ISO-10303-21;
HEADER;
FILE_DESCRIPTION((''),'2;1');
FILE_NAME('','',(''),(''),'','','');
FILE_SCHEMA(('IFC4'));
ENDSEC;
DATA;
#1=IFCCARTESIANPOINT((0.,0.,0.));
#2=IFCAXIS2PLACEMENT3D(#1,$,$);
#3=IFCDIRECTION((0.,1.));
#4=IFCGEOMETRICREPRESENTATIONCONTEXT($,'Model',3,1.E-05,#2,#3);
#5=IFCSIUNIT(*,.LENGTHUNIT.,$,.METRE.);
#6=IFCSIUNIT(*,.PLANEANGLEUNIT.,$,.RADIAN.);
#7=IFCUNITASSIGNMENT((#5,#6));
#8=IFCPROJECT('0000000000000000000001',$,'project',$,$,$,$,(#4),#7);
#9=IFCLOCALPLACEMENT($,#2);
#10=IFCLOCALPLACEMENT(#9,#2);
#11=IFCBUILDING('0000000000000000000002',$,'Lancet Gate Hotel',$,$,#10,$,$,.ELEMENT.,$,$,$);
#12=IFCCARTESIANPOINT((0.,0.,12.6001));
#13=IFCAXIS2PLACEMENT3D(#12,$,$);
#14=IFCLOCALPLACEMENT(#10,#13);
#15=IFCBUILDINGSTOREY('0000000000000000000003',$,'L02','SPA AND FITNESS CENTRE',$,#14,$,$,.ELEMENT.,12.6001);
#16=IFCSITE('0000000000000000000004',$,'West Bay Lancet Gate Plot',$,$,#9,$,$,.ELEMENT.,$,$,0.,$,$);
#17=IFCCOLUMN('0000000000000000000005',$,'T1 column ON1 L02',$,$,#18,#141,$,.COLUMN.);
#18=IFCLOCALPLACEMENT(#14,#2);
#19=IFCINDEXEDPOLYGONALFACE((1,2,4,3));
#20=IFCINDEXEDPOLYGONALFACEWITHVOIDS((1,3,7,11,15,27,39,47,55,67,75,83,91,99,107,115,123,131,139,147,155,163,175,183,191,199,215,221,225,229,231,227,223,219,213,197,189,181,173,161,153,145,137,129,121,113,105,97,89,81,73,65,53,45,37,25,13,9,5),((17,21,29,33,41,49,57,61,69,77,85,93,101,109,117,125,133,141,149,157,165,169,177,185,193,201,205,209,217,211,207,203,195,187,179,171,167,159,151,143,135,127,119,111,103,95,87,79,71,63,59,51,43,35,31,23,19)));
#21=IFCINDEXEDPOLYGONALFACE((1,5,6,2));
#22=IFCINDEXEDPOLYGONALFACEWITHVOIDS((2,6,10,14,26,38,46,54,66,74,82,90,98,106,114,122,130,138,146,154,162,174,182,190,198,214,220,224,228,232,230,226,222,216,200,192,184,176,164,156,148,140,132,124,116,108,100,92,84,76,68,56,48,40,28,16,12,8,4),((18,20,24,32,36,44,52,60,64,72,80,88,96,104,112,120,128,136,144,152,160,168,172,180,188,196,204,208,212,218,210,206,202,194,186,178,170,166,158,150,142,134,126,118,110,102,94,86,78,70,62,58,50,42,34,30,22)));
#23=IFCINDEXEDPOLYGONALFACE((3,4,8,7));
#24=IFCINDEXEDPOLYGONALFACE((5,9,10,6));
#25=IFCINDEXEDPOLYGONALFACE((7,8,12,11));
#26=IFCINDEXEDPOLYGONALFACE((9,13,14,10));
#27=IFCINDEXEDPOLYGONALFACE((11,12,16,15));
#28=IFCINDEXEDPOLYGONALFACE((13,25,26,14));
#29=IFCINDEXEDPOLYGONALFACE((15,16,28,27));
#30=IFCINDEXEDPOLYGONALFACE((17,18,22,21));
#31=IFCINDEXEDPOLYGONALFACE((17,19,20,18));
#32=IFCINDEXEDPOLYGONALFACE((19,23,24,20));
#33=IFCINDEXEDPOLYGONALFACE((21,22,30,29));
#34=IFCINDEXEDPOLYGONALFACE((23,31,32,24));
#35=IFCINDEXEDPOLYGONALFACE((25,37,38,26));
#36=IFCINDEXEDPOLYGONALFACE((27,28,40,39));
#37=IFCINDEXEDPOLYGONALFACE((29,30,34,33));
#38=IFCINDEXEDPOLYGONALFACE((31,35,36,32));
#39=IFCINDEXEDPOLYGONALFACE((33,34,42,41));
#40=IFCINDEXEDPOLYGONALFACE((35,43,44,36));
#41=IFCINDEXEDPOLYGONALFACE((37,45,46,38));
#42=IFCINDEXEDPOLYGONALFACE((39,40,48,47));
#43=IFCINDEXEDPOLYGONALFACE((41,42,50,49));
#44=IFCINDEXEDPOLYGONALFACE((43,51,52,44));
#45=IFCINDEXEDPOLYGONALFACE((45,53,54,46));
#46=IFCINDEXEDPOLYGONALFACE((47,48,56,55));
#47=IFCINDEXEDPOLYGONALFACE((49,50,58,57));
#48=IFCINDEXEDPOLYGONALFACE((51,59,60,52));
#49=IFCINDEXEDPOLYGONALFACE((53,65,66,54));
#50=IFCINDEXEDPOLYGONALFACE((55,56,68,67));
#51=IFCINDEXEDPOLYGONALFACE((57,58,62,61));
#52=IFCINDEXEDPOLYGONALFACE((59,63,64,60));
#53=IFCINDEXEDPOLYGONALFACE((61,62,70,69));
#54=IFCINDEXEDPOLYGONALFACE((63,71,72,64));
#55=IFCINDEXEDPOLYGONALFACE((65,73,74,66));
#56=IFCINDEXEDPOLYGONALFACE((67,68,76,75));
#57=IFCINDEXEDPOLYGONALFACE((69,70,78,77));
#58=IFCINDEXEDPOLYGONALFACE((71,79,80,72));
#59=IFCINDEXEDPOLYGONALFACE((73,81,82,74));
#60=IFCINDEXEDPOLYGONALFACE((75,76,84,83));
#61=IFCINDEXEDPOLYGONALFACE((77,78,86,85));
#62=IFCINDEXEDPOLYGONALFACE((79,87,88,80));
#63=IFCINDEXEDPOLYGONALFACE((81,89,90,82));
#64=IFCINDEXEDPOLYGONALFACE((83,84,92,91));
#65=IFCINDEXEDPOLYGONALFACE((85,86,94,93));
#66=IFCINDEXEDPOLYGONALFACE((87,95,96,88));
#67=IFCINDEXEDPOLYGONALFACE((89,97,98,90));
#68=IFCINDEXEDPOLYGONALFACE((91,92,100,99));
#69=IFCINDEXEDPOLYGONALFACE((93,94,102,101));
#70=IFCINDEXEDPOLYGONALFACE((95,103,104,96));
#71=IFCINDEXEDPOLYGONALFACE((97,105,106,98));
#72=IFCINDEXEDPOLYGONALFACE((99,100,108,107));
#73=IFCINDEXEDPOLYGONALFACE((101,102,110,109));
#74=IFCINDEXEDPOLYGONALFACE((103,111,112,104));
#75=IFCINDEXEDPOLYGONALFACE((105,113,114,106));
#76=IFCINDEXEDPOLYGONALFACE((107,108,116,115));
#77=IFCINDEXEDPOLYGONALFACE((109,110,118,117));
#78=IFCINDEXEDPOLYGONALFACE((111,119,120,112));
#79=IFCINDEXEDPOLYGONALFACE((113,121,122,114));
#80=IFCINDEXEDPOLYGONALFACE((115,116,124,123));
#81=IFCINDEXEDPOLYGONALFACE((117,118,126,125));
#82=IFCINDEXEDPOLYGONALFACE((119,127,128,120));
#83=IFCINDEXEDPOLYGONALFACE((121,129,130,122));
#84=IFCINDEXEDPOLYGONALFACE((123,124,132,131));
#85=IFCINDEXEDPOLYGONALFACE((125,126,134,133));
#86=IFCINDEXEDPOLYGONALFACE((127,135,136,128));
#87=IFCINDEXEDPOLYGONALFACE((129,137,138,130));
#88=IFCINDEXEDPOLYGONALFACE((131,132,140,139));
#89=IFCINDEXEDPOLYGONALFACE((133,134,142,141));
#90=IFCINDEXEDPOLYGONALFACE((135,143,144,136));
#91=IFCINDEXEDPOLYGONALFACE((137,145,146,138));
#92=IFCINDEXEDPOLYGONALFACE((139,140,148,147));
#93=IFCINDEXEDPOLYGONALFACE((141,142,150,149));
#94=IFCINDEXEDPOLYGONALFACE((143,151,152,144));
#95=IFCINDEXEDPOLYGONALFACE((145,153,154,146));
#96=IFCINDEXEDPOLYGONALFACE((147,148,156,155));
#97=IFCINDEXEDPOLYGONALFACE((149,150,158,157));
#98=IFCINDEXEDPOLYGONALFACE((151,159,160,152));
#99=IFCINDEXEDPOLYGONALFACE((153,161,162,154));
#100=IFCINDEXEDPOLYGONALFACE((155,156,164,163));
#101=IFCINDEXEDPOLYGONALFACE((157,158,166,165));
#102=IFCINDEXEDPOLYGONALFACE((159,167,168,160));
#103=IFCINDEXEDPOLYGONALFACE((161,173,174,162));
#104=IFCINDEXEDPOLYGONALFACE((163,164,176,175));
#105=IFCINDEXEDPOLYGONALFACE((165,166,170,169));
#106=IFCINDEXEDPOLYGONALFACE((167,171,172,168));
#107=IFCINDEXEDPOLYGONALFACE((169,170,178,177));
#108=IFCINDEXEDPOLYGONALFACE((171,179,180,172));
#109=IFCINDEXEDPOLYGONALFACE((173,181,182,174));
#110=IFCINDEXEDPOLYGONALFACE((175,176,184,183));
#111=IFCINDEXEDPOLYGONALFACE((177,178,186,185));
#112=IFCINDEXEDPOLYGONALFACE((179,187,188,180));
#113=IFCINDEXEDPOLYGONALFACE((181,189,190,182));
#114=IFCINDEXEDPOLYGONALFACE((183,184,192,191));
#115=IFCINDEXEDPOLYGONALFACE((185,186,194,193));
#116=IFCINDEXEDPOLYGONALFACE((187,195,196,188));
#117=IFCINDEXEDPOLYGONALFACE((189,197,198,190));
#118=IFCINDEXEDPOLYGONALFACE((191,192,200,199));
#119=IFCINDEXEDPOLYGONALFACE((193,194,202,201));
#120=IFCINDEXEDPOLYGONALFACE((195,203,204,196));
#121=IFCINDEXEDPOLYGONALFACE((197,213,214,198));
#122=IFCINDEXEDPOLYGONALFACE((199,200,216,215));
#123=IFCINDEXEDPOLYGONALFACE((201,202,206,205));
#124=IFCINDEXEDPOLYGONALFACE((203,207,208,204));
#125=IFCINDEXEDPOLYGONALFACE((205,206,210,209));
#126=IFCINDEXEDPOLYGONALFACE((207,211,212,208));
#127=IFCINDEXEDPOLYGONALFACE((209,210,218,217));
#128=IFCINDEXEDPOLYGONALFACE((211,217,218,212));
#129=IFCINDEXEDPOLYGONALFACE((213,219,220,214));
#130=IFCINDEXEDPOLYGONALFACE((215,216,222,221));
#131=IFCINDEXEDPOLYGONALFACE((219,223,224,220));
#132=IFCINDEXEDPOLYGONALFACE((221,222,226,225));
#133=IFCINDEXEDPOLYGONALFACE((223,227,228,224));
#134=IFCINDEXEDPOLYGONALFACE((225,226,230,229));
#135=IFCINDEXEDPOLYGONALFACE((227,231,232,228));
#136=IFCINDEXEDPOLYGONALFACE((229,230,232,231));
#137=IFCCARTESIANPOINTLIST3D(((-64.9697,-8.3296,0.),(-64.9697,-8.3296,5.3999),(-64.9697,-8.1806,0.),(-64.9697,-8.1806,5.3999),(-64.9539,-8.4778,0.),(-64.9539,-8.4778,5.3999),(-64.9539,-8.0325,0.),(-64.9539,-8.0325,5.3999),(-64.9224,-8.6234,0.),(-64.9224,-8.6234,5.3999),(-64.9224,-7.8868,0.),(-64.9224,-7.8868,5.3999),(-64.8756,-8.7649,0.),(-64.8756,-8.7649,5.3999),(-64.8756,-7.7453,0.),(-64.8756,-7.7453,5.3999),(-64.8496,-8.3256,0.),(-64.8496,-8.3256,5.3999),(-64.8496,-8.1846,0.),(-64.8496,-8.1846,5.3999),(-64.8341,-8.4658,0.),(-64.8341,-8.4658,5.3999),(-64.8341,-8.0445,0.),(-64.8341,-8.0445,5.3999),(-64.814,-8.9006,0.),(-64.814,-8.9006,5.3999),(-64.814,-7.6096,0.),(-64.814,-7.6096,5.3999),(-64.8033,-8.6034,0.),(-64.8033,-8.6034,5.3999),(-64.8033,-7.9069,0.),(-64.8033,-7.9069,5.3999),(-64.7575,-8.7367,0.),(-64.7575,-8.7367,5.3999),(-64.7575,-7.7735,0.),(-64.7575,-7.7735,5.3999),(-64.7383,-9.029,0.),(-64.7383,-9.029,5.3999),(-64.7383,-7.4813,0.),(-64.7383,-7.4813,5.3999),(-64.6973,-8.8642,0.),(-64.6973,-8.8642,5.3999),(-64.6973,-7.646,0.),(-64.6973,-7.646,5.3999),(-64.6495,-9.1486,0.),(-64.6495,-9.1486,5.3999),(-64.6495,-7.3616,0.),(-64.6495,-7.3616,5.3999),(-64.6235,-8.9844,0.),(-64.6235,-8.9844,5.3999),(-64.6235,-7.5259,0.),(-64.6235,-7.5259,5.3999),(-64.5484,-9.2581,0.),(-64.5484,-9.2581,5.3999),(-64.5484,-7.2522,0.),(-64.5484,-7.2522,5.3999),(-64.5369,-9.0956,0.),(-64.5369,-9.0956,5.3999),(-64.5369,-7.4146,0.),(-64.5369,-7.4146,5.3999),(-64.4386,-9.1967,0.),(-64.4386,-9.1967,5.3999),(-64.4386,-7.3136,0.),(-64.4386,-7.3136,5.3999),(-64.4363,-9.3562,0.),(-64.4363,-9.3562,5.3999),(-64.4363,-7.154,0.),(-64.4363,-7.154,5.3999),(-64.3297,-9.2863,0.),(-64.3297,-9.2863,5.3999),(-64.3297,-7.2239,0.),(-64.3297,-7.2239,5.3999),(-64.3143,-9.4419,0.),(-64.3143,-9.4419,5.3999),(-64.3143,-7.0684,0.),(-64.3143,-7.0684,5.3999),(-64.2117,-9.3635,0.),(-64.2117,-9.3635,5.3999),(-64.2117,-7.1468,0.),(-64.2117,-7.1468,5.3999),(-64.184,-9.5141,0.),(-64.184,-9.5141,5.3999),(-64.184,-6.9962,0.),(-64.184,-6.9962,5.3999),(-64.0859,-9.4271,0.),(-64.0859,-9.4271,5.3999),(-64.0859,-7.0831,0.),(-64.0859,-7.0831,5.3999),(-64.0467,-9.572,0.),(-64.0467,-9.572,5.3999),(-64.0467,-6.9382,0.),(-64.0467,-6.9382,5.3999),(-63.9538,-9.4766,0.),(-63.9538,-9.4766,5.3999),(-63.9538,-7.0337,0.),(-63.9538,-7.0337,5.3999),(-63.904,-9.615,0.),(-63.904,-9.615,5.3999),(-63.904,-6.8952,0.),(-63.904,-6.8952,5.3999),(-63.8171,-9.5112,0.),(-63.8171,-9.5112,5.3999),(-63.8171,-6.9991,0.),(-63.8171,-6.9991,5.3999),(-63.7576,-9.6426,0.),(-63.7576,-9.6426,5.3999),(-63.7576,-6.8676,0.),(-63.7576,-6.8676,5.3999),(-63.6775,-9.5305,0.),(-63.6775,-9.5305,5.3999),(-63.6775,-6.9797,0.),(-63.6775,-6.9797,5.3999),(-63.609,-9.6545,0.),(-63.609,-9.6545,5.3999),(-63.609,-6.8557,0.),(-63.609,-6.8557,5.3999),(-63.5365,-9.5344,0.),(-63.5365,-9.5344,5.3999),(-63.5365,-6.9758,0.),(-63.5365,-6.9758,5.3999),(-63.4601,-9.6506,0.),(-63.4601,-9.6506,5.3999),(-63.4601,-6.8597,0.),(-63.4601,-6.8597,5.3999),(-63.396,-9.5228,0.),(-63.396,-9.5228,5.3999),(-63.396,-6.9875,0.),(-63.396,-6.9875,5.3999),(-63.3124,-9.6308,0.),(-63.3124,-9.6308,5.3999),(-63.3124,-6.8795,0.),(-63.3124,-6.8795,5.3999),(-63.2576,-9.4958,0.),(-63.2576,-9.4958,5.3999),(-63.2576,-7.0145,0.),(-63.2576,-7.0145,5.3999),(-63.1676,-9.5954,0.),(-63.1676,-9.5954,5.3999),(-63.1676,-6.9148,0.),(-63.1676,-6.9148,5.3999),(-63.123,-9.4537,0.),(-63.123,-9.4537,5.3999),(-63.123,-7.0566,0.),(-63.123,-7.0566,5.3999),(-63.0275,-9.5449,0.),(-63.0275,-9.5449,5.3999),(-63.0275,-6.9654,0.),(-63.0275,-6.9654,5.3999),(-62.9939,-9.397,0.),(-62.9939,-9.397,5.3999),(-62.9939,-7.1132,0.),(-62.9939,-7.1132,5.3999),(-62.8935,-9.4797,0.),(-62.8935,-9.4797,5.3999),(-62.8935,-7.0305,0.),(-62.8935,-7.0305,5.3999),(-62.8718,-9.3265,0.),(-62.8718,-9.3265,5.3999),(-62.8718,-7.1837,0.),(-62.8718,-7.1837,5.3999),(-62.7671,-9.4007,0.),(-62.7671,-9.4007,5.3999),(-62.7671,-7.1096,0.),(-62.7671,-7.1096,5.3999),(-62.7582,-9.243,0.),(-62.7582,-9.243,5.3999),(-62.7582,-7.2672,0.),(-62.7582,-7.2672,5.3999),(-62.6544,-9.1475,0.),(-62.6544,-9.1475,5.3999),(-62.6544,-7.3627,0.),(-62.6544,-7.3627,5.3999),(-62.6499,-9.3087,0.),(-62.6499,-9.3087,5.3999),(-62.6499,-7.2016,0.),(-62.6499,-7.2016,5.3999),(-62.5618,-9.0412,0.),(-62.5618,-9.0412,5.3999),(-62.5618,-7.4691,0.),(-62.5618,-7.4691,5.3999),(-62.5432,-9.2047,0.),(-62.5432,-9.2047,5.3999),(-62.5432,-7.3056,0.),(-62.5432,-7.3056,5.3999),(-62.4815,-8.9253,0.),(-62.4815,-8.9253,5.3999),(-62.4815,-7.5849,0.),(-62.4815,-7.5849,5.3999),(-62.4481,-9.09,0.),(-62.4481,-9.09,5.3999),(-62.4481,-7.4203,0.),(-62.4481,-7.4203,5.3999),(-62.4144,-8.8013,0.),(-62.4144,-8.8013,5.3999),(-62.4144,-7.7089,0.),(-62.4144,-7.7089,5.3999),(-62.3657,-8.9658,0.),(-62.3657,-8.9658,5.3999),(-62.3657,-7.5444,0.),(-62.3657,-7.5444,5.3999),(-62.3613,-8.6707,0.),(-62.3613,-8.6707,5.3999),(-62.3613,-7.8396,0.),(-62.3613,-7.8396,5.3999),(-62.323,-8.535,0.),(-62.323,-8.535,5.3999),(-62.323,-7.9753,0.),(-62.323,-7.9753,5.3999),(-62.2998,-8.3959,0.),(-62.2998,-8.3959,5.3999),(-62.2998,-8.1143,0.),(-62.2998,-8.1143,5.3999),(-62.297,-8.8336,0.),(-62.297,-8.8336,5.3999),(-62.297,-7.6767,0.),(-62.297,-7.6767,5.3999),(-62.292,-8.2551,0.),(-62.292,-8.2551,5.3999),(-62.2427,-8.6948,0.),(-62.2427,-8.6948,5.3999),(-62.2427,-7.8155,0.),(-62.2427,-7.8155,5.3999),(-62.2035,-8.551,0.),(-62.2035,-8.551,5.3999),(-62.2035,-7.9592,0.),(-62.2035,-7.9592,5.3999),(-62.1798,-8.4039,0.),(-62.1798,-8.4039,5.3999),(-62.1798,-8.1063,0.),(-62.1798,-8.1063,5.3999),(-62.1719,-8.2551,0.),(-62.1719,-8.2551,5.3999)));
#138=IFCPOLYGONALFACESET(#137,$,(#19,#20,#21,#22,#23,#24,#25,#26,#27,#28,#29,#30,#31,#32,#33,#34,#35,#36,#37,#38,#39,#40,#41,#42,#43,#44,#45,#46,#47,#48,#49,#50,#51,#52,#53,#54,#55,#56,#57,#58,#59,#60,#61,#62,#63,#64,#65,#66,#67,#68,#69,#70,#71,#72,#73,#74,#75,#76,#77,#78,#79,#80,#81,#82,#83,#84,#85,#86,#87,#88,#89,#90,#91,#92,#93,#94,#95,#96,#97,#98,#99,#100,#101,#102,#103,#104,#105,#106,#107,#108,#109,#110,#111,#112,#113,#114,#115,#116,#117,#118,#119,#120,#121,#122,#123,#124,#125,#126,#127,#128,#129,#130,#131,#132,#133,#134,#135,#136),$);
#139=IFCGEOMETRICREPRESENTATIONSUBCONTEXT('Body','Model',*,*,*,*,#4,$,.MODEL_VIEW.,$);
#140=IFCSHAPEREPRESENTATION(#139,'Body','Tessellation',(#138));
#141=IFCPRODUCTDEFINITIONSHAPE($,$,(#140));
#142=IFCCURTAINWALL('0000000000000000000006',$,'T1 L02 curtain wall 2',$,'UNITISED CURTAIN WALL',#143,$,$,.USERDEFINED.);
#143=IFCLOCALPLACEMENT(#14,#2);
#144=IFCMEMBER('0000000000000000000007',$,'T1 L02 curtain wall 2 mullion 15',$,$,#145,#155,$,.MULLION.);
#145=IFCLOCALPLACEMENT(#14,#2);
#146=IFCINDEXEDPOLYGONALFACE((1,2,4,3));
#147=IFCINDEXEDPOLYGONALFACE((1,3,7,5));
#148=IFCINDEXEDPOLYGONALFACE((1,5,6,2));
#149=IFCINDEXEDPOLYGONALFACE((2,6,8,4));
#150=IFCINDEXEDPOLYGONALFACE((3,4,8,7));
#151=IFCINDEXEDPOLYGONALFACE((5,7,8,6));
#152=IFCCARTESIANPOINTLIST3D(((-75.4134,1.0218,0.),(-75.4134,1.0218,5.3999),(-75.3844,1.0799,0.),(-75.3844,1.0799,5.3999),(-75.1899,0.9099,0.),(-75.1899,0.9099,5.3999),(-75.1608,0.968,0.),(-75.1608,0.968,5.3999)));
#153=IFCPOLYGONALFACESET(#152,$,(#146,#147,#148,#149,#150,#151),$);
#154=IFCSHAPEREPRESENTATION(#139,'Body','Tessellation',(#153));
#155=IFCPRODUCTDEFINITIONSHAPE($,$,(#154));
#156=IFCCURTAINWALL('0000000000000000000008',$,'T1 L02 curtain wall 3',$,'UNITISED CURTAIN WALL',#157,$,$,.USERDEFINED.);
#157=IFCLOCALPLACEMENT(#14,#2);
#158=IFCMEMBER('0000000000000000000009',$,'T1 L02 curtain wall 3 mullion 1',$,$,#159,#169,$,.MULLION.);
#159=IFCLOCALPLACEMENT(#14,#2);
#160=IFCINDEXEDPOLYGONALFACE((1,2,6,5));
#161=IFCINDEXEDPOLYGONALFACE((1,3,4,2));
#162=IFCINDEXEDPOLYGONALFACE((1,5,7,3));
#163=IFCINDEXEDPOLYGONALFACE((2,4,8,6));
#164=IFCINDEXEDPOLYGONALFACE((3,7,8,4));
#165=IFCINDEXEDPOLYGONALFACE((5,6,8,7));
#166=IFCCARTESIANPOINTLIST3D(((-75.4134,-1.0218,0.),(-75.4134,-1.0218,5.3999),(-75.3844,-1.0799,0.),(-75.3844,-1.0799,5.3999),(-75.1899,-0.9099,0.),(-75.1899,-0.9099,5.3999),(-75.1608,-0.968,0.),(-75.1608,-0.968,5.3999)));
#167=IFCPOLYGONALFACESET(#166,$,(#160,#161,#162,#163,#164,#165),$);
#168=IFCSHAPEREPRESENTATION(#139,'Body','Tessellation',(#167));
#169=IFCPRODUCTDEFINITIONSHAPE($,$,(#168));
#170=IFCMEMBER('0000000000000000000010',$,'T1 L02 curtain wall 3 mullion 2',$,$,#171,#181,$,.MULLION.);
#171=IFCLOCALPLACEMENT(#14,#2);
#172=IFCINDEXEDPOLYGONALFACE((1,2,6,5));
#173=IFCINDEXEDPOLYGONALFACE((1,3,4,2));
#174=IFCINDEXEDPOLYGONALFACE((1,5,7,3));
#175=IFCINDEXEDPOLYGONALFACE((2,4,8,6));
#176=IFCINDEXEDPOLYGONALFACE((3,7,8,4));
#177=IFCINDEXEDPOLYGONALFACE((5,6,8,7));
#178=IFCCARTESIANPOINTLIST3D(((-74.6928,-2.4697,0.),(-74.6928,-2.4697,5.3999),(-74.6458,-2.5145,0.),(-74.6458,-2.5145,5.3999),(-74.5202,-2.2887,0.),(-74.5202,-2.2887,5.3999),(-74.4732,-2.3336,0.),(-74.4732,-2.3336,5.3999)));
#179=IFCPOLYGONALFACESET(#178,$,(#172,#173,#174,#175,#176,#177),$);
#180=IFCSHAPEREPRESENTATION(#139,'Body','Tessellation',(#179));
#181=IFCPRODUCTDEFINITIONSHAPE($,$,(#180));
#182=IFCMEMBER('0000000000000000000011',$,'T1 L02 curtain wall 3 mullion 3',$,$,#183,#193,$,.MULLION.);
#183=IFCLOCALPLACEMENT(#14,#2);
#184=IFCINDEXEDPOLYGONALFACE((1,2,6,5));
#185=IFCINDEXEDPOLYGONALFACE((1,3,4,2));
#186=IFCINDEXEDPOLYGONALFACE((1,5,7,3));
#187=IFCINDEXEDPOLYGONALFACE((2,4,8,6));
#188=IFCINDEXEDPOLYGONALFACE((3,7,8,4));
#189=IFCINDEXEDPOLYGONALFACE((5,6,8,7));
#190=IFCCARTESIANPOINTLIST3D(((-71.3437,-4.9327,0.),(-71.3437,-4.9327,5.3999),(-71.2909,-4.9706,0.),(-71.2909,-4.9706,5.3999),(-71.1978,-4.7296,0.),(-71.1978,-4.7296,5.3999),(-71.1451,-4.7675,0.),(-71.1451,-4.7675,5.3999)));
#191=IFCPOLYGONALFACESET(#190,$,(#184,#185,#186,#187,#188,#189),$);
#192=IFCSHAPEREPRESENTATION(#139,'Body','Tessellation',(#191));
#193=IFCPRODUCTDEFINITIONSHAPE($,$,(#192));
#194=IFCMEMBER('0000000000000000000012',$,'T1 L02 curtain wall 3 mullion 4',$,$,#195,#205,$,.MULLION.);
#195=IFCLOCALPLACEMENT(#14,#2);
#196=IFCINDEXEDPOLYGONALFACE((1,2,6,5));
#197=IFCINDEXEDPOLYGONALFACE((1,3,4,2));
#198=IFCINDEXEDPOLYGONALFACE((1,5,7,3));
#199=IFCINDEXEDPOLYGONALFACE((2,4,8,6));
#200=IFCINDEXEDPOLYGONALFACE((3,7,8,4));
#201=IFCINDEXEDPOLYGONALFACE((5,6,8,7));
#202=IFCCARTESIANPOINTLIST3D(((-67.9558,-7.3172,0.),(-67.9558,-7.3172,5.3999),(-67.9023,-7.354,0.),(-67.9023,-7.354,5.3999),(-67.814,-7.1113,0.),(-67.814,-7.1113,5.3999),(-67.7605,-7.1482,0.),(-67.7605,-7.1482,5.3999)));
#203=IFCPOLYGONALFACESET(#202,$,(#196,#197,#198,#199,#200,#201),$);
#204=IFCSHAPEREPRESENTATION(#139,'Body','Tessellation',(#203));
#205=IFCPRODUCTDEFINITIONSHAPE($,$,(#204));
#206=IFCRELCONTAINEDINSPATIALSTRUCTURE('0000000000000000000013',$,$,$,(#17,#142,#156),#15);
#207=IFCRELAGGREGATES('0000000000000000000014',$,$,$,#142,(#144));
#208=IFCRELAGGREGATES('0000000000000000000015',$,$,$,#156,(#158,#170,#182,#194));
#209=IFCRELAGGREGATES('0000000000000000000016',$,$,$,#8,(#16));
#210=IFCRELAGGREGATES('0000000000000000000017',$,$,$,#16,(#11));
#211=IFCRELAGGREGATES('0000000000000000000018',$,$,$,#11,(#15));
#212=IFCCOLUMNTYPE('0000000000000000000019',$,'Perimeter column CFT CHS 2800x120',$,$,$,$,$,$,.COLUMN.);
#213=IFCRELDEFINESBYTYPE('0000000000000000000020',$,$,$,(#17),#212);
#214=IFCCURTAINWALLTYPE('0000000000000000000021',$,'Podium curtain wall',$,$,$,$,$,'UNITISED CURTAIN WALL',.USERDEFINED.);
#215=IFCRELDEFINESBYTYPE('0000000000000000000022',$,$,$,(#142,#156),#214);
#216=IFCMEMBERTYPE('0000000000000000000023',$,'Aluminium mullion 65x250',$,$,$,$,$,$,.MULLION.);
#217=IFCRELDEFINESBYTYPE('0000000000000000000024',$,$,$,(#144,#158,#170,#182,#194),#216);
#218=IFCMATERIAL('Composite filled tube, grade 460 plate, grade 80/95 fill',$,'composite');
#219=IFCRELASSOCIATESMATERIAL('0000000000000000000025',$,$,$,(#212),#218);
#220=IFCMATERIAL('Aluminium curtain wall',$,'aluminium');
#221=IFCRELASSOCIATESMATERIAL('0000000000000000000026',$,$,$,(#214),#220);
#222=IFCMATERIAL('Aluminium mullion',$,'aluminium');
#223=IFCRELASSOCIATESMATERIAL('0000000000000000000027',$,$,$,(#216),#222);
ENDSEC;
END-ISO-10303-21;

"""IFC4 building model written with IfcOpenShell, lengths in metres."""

from ifc_helpers import new_model, si_unit, direction, frame, origin, origin_2d, place, context, subcontext, project, spatial, rectangle, hollow_circle, extrude, material, material_profile, profile_set, type_object, element, aggregate, save


model = new_model("IFC4")

# Units and contexts
model_context = context("Model", 3, precision=1e-05, world=origin(), true_north=direction((0.0, 1.0)))
body_context = subcontext(model_context, "Body", "Model", "MODEL_VIEW")
ifc_project = project(units=[si_unit("LENGTHUNIT", "METRE"), si_unit("PLANEANGLEUNIT", "RADIAN")], contexts=[model_context])

# Site, building, storey
site_placement = place(None, origin())
site = spatial("IfcSite", under=ifc_project, at=site_placement, Name="West Bay Lancet Gate Plot", CompositionType="ELEMENT", RefElevation=0.0)
building_placement = place(site_placement, origin())
building = spatial("IfcBuilding", under=site, at=building_placement, Name="Lancet Gate Hotel", CompositionType="ELEMENT")
storey_placement = place(building_placement, frame((0.0, 0.0, 12.6001)))
storey = spatial("IfcBuildingStorey", under=building, at=storey_placement, Name="L02", Description="SPA AND FITNESS CENTRE", CompositionType="ELEMENT", Elevation=12.6001)

# Column
ifc_material_1 = material(Name="Composite filled tube, grade 460 plate, grade 80/95 fill", Category="composite")
ifc_material_profile_1 = material_profile(ifc_material_1, hollow_circle(Radius=1.3999, WallThickness=0.1201, at=origin_2d()), Name="CHS 2800x120")
ifc_profile_set_1 = profile_set([ifc_material_profile_1], Name="Composite filled tube, grade 460 plate, grade 80/95 fill")
column_type_1 = type_object("IfcColumnType", Name="Perimeter column CFT CHS 2800x120", PredefinedType="COLUMN", material=ifc_profile_set_1)
column_1_placement = place(storey_placement, frame((-63.5718, -8.2551, 0.0), z_axis=(0.0, 0.0, 1.0), x_axis=(1.0, 0.0, 0.0)))
element("IfcColumn", 1, at=column_1_placement, inside=storey, type_object=column_type_1, Name="T1 column ON1 L02", PredefinedType="COLUMN", context=body_context, shape_type="SweptSolid", body=[
    extrude(hollow_circle(Radius=1.3999, WallThickness=0.1201, at=origin_2d()), origin(), (0.0, 0.0, 1.0), 5.3999),
])

# Curtain wall, member
ifc_material_2 = material(Name="Aluminium curtain wall", Category="aluminium")
curtain_wall_type = type_object("IfcCurtainWallType", Name="Podium curtain wall", ElementType="UNITISED CURTAIN WALL", PredefinedType="USERDEFINED", material=ifc_material_2)
curtain_wall_1_placement = place(storey_placement, origin())
curtain_wall_1 = element("IfcCurtainWall", 2, at=curtain_wall_1_placement, inside=storey, type_object=curtain_wall_type, Name="T1 L02 curtain wall 2", ObjectType="UNITISED CURTAIN WALL", PredefinedType="USERDEFINED")
ifc_material_3 = material(Name="Aluminium mullion", Category="aluminium")
ifc_material_profile_2 = material_profile(ifc_material_3, rectangle(XDim=0.0649, YDim=0.25, at=origin_2d()), Name="MULLION 65x250")
ifc_profile_set_2 = profile_set([ifc_material_profile_2], Name="Aluminium mullion")
member_type_1 = type_object("IfcMemberType", Name="Aluminium mullion 65x250", PredefinedType="MULLION", material=ifc_profile_set_2)
member_1_placement = place(storey_placement, frame((-75.2871, 0.9949, 0.0), z_axis=(0.0, 0.0, 1.0), x_axis=(-0.447628, -0.89422, 0.0)))
member_1 = element("IfcMember", 3, at=member_1_placement, type_object=member_type_1, Name="T1 L02 curtain wall 2 mullion 15", PredefinedType="MULLION", context=body_context, shape_type="SweptSolid", body=[
    extrude(rectangle(XDim=0.0649, YDim=0.25, at=origin_2d()), origin(), (0.0, 0.0, 1.0), 5.3999),
])
aggregate(curtain_wall_1, [member_1])

# Curtain wall, members
curtain_wall_2_placement = place(storey_placement, origin())
curtain_wall_2 = element("IfcCurtainWall", 4, at=curtain_wall_2_placement, inside=storey, type_object=curtain_wall_type, Name="T1 L02 curtain wall 3", ObjectType="UNITISED CURTAIN WALL", PredefinedType="USERDEFINED")
member_2_placement = place(storey_placement, frame((-75.2871, -0.9949, 0.0), z_axis=(0.0, 0.0, 1.0), x_axis=(0.447628, -0.89422, 0.0)))
member_2 = element("IfcMember", 5, at=member_2_placement, type_object=member_type_1, Name="T1 L02 curtain wall 3 mullion 1", PredefinedType="MULLION", context=body_context, shape_type="SweptSolid", body=[
    extrude(rectangle(XDim=0.0649, YDim=0.25, at=origin_2d()), origin(), (0.0, 0.0, 1.0), 5.3999),
])
member_3_placement = place(storey_placement, frame((-74.583, -2.4016, 0.0), z_axis=(0.0, 0.0, 1.0), x_axis=(0.723696, -0.690119, 0.0)))
member_3 = element("IfcMember", 6, at=member_3_placement, type_object=member_type_1, Name="T1 L02 curtain wall 3 mullion 2", PredefinedType="MULLION", context=body_context, shape_type="SweptSolid", body=[
    extrude(rectangle(XDim=0.0649, YDim=0.25, at=origin_2d()), origin(), (0.0, 0.0, 1.0), 5.3999),
])
member_4_placement = place(storey_placement, frame((-71.2444, -4.8501, 0.0), z_axis=(0.0, 0.0, 1.0), x_axis=(0.812147, -0.583453, 0.0)))
member_4 = element("IfcMember", 7, at=member_4_placement, type_object=member_type_1, Name="T1 L02 curtain wall 3 mullion 3", PredefinedType="MULLION", context=body_context, shape_type="SweptSolid", body=[
    extrude(rectangle(XDim=0.0649, YDim=0.25, at=origin_2d()), origin(), (0.0, 0.0, 1.0), 5.3999),
])
member_5_placement = place(storey_placement, frame((-67.8582, -7.2327, 0.0), z_axis=(0.0, 0.0, 1.0), x_axis=(0.823425, -0.567425, 0.0)))
member_5 = element("IfcMember", 8, at=member_5_placement, type_object=member_type_1, Name="T1 L02 curtain wall 3 mullion 4", PredefinedType="MULLION", context=body_context, shape_type="SweptSolid", body=[
    extrude(rectangle(XDim=0.0649, YDim=0.25, at=origin_2d()), origin(), (0.0, 0.0, 1.0), 5.3999),
])

aggregate(curtain_wall_2, [member_2, member_3, member_4, member_5])

save(model, "model.ifc")
